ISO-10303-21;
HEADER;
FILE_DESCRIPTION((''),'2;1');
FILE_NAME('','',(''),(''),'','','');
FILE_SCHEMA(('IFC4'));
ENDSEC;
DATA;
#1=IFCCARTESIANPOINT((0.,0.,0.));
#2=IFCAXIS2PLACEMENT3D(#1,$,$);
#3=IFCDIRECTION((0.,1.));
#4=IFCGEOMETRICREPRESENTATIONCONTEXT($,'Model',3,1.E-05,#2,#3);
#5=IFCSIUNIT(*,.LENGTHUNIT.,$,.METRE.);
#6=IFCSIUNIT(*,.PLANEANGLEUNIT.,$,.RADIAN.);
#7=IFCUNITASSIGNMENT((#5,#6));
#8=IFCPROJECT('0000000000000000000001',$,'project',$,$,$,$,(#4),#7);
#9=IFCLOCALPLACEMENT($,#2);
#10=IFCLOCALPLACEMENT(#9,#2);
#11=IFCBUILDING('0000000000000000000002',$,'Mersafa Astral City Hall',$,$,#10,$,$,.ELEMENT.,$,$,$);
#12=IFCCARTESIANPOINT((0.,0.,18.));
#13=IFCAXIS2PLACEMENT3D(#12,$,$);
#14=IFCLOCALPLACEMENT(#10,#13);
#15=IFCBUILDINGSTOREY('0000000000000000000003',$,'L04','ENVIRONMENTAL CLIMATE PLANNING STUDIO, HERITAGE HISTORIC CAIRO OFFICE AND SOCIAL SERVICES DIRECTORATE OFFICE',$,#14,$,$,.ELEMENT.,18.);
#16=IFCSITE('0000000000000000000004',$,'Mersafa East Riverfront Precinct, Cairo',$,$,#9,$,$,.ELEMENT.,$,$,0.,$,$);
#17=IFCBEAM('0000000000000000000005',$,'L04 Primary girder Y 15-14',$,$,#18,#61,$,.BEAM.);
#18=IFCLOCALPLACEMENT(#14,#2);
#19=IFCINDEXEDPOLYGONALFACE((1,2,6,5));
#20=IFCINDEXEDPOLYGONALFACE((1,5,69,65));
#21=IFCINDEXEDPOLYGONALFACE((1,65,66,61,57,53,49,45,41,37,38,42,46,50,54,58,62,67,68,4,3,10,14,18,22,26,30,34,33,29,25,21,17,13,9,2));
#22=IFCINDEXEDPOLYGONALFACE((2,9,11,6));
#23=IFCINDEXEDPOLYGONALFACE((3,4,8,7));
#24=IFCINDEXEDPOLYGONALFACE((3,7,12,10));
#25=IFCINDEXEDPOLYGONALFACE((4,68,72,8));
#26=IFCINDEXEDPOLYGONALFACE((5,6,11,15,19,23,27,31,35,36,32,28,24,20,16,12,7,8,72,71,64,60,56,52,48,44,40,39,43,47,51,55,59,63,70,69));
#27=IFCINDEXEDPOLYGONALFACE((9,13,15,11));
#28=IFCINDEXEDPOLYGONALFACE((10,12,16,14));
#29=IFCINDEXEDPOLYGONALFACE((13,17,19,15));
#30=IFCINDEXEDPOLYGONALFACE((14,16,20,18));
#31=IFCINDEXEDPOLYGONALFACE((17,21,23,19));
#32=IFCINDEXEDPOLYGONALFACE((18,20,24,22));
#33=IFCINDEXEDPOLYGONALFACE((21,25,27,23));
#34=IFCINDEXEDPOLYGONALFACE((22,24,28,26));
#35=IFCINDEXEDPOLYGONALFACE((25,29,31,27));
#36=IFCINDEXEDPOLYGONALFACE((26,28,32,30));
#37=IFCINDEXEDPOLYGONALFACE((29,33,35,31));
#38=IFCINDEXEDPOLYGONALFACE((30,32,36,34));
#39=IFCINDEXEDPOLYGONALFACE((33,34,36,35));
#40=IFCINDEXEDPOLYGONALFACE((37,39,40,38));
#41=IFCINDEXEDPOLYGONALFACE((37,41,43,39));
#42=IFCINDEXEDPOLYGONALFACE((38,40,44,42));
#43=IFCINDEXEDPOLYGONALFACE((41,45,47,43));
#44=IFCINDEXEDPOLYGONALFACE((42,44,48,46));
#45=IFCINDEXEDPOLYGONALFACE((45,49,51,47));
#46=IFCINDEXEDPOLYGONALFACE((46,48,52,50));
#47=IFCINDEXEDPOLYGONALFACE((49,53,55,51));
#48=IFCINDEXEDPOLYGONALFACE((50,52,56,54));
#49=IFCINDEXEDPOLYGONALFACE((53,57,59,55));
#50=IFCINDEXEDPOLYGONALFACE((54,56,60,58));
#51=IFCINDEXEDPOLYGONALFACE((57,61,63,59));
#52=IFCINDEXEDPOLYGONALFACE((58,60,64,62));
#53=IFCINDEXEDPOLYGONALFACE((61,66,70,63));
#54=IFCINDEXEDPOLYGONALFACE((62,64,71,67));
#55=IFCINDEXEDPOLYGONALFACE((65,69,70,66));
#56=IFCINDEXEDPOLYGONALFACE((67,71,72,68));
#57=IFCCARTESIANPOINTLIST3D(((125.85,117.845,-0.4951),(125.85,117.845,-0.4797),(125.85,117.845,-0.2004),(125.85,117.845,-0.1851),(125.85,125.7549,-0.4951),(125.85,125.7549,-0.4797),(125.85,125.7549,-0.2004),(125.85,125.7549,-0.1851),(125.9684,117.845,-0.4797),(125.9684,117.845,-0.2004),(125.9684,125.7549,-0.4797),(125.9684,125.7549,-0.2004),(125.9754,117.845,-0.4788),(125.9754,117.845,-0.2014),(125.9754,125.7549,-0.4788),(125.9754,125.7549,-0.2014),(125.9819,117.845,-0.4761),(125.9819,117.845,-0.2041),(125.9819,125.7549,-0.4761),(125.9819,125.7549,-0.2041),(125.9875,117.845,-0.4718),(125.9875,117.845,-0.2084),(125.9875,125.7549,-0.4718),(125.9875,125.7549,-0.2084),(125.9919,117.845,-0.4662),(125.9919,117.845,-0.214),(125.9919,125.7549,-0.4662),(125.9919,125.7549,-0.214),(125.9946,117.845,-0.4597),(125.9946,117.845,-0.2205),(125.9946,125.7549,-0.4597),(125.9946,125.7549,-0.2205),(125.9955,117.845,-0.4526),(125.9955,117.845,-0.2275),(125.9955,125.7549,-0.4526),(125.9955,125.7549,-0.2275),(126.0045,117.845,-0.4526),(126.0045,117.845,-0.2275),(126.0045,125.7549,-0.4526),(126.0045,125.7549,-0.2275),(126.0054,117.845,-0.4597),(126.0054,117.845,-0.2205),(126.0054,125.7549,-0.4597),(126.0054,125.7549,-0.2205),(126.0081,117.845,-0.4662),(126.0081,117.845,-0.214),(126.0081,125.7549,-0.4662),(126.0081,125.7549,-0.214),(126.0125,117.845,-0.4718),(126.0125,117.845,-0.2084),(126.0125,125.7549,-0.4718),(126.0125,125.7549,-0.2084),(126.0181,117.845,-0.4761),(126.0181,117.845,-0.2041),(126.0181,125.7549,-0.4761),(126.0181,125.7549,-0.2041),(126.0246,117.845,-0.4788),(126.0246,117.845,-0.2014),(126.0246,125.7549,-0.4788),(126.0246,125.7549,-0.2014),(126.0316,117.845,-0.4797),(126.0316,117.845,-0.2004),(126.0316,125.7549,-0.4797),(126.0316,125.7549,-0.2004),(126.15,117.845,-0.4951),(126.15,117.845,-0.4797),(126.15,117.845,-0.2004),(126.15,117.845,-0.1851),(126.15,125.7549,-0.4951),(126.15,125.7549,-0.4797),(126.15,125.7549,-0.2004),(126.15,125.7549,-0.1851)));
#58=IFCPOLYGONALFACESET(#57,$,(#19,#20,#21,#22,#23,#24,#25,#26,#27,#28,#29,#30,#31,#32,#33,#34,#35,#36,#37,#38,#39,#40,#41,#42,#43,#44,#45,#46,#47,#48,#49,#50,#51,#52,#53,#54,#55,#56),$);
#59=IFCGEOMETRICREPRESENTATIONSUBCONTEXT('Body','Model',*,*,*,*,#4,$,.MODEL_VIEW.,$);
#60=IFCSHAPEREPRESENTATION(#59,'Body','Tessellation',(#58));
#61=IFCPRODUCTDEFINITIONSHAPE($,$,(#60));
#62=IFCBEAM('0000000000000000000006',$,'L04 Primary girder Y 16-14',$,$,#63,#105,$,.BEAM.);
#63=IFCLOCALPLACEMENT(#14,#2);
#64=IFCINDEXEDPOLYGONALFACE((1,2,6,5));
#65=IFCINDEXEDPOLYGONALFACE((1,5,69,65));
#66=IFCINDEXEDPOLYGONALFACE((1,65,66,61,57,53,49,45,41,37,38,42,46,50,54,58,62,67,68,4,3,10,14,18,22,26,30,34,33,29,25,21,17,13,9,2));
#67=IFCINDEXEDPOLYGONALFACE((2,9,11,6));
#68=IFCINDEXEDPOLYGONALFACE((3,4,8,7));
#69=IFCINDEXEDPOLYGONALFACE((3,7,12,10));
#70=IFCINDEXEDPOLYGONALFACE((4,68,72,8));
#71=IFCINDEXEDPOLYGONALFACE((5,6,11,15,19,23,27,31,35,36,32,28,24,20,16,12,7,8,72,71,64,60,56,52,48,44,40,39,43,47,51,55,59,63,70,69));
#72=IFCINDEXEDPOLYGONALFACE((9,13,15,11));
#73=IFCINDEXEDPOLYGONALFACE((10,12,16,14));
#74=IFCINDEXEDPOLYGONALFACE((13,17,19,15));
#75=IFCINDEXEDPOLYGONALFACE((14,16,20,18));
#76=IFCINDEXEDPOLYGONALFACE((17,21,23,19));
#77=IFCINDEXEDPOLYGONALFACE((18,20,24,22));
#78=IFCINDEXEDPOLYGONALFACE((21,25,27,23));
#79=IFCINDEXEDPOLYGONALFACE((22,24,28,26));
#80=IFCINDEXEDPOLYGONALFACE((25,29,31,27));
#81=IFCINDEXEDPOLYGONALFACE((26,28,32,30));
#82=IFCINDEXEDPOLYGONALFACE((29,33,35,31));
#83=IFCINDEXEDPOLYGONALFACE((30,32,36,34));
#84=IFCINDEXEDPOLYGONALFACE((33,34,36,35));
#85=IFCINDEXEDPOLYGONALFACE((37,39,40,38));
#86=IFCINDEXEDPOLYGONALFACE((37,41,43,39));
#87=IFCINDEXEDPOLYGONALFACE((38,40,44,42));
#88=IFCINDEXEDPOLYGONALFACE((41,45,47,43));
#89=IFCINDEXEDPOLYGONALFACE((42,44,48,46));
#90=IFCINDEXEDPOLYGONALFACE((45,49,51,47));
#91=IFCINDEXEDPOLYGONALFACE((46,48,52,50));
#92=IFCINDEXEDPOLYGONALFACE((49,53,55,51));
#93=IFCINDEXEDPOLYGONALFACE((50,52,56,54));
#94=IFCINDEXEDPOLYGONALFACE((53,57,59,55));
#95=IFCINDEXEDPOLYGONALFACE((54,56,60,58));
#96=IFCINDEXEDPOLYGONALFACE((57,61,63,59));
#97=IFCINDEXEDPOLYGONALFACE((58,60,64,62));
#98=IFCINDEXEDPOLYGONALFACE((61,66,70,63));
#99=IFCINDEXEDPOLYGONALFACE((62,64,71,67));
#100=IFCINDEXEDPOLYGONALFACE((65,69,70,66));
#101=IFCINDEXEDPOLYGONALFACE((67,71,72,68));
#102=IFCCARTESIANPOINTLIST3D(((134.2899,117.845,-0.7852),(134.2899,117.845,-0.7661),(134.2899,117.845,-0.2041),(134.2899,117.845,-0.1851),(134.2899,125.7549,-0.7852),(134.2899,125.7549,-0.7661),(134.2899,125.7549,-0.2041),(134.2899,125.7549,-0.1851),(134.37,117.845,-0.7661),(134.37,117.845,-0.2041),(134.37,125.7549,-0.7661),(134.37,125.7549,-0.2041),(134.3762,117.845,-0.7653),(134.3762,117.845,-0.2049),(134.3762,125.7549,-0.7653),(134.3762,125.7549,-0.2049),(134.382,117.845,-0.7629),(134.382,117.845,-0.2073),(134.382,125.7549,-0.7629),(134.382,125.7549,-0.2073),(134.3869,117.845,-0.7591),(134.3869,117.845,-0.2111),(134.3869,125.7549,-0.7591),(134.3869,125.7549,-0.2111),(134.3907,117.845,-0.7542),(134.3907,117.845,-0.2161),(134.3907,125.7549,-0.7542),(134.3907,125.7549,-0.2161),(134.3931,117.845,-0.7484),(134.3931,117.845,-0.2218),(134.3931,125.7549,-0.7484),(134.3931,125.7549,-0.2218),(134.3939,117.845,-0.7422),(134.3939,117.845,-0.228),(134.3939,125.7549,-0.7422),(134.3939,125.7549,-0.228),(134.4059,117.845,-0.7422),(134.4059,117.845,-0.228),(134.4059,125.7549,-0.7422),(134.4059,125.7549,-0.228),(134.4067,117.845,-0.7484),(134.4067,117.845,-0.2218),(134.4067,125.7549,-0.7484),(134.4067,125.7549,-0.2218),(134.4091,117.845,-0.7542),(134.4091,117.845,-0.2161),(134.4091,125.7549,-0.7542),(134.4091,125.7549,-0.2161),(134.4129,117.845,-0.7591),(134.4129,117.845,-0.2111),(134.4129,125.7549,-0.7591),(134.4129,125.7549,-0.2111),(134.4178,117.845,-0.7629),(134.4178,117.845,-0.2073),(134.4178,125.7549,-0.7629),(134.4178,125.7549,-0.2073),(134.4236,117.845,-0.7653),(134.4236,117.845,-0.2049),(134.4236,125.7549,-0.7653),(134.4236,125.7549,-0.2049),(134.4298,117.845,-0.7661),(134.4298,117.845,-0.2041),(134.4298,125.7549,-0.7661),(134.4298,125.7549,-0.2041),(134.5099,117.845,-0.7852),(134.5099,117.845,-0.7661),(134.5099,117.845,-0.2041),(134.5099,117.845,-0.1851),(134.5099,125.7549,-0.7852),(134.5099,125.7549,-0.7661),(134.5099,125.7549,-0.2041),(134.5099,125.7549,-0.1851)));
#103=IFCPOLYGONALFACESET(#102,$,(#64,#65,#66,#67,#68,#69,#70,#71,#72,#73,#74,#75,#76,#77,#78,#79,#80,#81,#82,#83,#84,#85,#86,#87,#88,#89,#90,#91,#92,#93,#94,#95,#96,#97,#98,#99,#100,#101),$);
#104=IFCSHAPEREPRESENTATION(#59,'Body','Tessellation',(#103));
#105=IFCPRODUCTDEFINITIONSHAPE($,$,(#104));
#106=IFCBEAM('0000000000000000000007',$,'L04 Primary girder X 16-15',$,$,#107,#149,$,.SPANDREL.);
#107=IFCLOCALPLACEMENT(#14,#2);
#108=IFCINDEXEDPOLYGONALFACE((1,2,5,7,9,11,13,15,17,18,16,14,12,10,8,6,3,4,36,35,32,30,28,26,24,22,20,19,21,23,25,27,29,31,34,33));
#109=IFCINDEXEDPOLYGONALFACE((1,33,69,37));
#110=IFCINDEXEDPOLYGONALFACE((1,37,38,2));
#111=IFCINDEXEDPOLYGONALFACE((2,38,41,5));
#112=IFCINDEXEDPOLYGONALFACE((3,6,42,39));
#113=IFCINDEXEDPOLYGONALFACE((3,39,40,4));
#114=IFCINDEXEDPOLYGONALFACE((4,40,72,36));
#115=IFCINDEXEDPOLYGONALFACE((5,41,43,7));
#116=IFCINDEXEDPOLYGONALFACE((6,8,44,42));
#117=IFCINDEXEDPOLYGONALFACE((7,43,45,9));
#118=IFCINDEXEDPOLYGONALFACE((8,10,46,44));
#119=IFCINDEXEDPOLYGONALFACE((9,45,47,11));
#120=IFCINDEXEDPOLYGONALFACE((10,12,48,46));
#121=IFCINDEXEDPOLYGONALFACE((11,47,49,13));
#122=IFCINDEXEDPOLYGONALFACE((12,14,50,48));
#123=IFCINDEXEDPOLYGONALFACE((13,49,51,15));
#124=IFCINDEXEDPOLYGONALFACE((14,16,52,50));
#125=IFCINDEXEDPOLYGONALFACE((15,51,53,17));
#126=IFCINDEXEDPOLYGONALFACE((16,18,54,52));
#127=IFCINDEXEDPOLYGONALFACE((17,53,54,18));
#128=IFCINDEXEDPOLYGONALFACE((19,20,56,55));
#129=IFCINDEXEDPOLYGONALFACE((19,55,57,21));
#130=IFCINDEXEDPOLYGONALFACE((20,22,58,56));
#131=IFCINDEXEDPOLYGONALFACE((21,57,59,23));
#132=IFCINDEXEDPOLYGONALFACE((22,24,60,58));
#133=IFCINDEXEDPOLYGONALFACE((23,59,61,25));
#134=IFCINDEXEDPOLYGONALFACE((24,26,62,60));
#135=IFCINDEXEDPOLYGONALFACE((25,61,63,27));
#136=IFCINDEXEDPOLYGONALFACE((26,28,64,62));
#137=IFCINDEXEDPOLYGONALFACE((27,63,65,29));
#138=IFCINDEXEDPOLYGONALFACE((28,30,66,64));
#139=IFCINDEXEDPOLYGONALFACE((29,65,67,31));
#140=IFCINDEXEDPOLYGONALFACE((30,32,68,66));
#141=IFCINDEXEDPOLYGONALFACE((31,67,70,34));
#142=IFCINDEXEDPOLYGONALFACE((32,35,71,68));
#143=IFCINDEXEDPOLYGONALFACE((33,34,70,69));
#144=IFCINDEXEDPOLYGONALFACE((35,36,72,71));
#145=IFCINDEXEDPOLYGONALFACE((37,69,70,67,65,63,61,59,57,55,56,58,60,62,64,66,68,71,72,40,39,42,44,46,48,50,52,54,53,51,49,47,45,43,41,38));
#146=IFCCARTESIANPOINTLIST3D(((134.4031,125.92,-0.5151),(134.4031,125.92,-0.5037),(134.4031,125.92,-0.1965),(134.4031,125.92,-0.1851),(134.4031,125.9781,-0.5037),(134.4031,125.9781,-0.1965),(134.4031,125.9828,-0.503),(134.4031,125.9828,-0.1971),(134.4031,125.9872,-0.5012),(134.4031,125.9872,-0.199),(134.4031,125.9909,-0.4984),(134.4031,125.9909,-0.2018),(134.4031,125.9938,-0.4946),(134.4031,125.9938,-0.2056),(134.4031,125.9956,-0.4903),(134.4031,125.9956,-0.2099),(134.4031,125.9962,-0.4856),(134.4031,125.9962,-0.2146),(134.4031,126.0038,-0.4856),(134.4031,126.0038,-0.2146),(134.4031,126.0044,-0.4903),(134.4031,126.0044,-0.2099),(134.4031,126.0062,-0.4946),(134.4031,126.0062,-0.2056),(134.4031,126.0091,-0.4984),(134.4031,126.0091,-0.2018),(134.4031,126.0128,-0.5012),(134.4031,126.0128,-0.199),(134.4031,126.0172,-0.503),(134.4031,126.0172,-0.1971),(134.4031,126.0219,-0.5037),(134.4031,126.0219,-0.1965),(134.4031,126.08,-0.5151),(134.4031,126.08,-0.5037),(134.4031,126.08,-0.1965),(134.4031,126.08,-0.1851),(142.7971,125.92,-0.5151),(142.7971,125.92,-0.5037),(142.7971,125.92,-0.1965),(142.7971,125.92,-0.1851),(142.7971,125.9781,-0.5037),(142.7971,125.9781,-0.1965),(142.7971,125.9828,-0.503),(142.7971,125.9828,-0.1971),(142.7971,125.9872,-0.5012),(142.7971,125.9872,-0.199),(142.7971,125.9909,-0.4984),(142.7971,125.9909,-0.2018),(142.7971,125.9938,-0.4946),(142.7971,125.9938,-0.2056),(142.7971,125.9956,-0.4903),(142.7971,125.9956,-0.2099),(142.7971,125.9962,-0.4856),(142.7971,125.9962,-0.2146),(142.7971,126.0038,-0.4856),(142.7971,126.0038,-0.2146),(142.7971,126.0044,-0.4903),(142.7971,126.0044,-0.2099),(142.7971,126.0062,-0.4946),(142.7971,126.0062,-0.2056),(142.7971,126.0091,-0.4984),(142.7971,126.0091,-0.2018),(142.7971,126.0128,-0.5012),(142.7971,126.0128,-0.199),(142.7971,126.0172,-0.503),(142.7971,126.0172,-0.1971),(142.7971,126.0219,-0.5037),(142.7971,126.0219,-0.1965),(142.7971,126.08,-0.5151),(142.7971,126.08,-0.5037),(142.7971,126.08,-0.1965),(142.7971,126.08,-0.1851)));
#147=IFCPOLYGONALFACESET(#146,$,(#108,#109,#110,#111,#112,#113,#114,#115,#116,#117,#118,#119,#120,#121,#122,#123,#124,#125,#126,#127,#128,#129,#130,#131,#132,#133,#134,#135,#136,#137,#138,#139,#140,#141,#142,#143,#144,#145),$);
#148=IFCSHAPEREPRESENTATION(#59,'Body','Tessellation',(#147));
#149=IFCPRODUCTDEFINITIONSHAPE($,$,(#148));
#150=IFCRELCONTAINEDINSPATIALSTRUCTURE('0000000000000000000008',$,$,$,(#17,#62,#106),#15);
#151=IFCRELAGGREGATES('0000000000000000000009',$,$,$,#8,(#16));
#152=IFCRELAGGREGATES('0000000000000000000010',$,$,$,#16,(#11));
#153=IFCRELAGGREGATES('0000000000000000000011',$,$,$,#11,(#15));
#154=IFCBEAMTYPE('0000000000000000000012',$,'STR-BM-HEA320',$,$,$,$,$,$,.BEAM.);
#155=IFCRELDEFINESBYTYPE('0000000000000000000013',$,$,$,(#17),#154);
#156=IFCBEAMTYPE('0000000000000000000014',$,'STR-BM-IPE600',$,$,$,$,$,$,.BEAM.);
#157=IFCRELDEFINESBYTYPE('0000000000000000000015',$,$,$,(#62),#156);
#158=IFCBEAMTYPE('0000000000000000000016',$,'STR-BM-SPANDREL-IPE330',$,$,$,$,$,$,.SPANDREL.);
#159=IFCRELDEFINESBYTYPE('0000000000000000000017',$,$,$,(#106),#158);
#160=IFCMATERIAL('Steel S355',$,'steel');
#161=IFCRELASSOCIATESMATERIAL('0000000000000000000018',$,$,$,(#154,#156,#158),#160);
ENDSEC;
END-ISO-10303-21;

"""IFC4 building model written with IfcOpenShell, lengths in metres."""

from ifc_helpers import new_model, si_unit, direction, frame, origin, origin_2d, place, context, subcontext, project, spatial, i_section, extrude, material, material_profile, profile_set, type_object, element, save


model = new_model("IFC4")

# Units and contexts
model_context = context("Model", 3, precision=1e-05, world=origin(), true_north=direction((0.0, 1.0)))
body_context = subcontext(model_context, "Body", "Model", "MODEL_VIEW")
ifc_project = project(units=[si_unit("LENGTHUNIT", "METRE"), si_unit("PLANEANGLEUNIT", "RADIAN")], contexts=[model_context])

# Site, building, storey
site_placement = place(None, origin())
site = spatial("IfcSite", under=ifc_project, at=site_placement, Name="Mersafa East Riverfront Precinct, Cairo", CompositionType="ELEMENT", RefElevation=0.0)
building_placement = place(site_placement, origin())
building = spatial("IfcBuilding", under=site, at=building_placement, Name="Mersafa Astral City Hall", CompositionType="ELEMENT")
storey_placement = place(building_placement, frame((0.0, 0.0, 18.0)))
storey = spatial("IfcBuildingStorey", under=building, at=storey_placement, Name="L04", Description="ENVIRONMENTAL CLIMATE PLANNING STUDIO, HERITAGE HISTORIC CAIRO OFFICE AND SOCIAL SERVICES DIRECTORATE OFFICE", CompositionType="ELEMENT", Elevation=18.0)

# Shared definitions
ifc_material_1 = material(Name="Steel S355", Category="steel")

# Beams
ifc_material_profile_1 = material_profile(ifc_material_1, i_section(OverallWidth=0.3, OverallDepth=0.3101, WebThickness=0.009, FlangeThickness=0.0154, FilletRadius=0.0271, at=origin_2d()), Name="HEA 320")
ifc_profile_set_1 = profile_set([ifc_material_profile_1], Name="Steel S355")
beam_type_1 = type_object("IfcBeamType", Name="STR-BM-HEA320", PredefinedType="BEAM", material=ifc_profile_set_1)
beam_1_placement = place(storey_placement, frame((126.0, 117.845, -0.3401), z_axis=(0.0, 1.0, 0.0), x_axis=(-1.0, 0.0, 0.0)))
element("IfcBeam", 1, at=beam_1_placement, inside=storey, type_object=beam_type_1, Name="L04 Primary girder Y 15-14", PredefinedType="BEAM", context=body_context, shape_type="SweptSolid", body=[
    extrude(i_section(OverallWidth=0.3, OverallDepth=0.3101, WebThickness=0.009, FlangeThickness=0.0154, FilletRadius=0.0271, at=origin_2d()), origin(), (0.0, 0.0, 1.0), 7.9099),
])
ifc_material_profile_2 = material_profile(ifc_material_1, i_section(OverallWidth=0.22, OverallDepth=0.6001, WebThickness=0.012, FlangeThickness=0.019, FilletRadius=0.0239, at=origin_2d()), Name="IPE 600")
ifc_profile_set_2 = profile_set([ifc_material_profile_2], Name="Steel S355")
beam_type_2 = type_object("IfcBeamType", Name="STR-BM-IPE600", PredefinedType="BEAM", material=ifc_profile_set_2)
beam_2_placement = place(storey_placement, frame((134.3999, 117.845, -0.4851), z_axis=(0.0, 1.0, 0.0), x_axis=(-1.0, 0.0, 0.0)))
element("IfcBeam", 2, at=beam_2_placement, inside=storey, type_object=beam_type_2, Name="L04 Primary girder Y 16-14", PredefinedType="BEAM", context=body_context, shape_type="SweptSolid", body=[
    extrude(i_section(OverallWidth=0.22, OverallDepth=0.6001, WebThickness=0.012, FlangeThickness=0.019, FilletRadius=0.0239, at=origin_2d()), origin(), (0.0, 0.0, 1.0), 7.9099),
])
ifc_material_profile_3 = material_profile(ifc_material_1, i_section(OverallWidth=0.1599, OverallDepth=0.3301, WebThickness=0.0076, FlangeThickness=0.0115, FilletRadius=0.0181, at=origin_2d()), Name="IPE 330")
ifc_profile_set_3 = profile_set([ifc_material_profile_3], Name="Steel S355")
beam_type_3 = type_object("IfcBeamType", Name="STR-BM-SPANDREL-IPE330", PredefinedType="SPANDREL", material=ifc_profile_set_3)
beam_3_placement = place(storey_placement, frame((134.4031, 126.0, -0.3501), z_axis=(1.0, 0.0, 0.0), x_axis=(0.0, 1.0, 0.0)))
element("IfcBeam", 3, at=beam_3_placement, inside=storey, type_object=beam_type_3, Name="L04 Primary girder X 16-15", PredefinedType="SPANDREL", context=body_context, shape_type="SweptSolid", body=[
    extrude(i_section(OverallWidth=0.1599, OverallDepth=0.3301, WebThickness=0.0076, FlangeThickness=0.0115, FilletRadius=0.0181, at=origin_2d()), origin(), (0.0, 0.0, 1.0), 8.394),
])

save(model, "model.ifc")
